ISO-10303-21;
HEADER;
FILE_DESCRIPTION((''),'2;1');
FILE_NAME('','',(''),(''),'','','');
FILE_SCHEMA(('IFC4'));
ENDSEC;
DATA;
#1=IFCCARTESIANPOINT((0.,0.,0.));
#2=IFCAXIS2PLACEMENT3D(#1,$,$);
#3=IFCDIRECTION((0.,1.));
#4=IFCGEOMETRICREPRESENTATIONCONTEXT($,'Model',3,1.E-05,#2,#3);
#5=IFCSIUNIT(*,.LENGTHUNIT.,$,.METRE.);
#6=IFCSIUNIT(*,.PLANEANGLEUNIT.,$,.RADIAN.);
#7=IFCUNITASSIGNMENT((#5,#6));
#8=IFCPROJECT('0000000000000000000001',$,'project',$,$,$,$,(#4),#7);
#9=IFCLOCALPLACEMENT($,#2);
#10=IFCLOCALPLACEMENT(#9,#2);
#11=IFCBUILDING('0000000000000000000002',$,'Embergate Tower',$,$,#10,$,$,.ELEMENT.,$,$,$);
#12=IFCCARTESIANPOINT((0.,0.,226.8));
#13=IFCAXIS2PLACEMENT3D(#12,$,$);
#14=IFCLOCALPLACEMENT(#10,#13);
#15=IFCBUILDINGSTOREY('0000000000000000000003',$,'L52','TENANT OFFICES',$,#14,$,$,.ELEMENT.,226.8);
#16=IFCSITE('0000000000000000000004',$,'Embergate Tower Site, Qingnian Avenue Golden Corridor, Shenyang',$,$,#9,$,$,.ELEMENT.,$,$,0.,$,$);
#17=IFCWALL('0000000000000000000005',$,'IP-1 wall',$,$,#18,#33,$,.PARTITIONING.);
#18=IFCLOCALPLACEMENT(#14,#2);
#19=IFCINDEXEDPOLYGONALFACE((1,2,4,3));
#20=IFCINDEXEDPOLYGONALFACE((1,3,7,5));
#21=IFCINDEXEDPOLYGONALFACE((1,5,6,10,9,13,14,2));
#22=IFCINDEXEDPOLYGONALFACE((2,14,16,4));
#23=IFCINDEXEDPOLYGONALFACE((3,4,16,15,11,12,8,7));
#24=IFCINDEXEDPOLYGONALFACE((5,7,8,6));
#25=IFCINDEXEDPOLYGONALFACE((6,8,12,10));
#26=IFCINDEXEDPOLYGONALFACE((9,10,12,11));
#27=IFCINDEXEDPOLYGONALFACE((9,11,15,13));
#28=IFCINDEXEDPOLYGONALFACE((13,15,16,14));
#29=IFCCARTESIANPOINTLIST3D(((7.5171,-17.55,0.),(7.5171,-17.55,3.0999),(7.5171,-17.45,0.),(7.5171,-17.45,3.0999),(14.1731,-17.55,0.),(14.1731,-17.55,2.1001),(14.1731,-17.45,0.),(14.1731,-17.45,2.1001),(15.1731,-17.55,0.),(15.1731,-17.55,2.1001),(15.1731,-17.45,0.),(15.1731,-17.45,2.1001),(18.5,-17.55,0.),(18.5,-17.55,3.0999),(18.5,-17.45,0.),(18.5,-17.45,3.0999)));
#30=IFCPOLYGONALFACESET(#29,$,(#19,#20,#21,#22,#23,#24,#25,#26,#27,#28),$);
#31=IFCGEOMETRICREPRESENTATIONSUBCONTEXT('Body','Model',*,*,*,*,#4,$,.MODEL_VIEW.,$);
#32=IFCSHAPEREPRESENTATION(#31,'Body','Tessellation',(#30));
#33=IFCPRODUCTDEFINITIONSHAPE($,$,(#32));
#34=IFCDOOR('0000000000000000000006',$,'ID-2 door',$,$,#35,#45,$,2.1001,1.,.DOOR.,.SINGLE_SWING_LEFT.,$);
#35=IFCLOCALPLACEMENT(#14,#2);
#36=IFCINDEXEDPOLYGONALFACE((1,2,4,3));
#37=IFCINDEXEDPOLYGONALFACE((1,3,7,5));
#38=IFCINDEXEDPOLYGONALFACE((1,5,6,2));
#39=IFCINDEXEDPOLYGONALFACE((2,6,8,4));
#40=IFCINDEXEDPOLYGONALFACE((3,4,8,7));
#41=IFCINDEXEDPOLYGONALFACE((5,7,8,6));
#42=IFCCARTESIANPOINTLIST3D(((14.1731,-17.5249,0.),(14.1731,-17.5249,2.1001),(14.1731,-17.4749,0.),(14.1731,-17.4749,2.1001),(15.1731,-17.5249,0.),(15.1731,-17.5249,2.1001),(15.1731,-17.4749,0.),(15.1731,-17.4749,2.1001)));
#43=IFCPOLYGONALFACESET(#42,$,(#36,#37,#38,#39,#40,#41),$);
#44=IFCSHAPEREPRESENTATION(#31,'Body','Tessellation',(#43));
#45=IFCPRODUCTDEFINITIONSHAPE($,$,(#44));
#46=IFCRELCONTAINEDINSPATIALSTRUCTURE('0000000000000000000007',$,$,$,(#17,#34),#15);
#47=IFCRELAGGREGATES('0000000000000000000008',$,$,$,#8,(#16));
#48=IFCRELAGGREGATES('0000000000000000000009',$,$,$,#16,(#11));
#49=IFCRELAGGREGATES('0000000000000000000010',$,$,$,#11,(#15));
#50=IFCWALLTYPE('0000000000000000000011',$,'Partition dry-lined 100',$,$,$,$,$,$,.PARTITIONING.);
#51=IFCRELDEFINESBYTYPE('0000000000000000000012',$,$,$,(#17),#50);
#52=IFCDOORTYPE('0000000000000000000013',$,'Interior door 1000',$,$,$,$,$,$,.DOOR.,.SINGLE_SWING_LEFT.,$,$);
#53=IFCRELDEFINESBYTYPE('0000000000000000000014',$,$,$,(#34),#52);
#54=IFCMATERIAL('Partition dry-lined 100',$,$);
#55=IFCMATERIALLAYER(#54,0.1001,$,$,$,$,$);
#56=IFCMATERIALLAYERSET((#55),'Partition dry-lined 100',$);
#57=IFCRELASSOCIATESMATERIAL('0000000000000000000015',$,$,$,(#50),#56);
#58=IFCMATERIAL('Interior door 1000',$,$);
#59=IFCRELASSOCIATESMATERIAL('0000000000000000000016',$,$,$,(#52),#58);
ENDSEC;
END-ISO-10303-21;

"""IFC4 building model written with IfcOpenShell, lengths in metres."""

from ifc_helpers import new_model, si_unit, direction, frame, frame_2d, origin, place, context, subcontext, project, spatial, rectangle, extrude, source, transform, mapped, material, layer, layer_set, type_object, element, fill, save


model = new_model("IFC4")

# Units and contexts
model_context = context("Model", 3, precision=1e-05, world=origin(), true_north=direction((0.0, 1.0)))
body_context = subcontext(model_context, "Body", "Model", "MODEL_VIEW")
ifc_project = project(units=[si_unit("LENGTHUNIT", "METRE"), si_unit("PLANEANGLEUNIT", "RADIAN")], contexts=[model_context])

# Site, building, storey
site_placement = place(None, origin())
site = spatial("IfcSite", under=ifc_project, at=site_placement, Name="Embergate Tower Site, Qingnian Avenue Golden Corridor, Shenyang", CompositionType="ELEMENT", RefElevation=0.0)
building_placement = place(site_placement, origin())
building = spatial("IfcBuilding", under=site, at=building_placement, Name="Embergate Tower", CompositionType="ELEMENT")
storey_placement = place(building_placement, frame((0.0, 0.0, 226.8)))
storey = spatial("IfcBuildingStorey", under=building, at=storey_placement, Name="L52", Description="TENANT OFFICES", CompositionType="ELEMENT", Elevation=226.8)

# Wall, opening, door
ifc_material_1 = material(Name="Partition dry-lined 100")
ifc_layer_1 = layer(ifc_material_1, 0.1001)
ifc_layer_set_1 = layer_set([ifc_layer_1], Name="Partition dry-lined 100")
wall_type = type_object("IfcWallType", Name="Partition dry-lined 100", PredefinedType="PARTITIONING", material=ifc_layer_set_1)
shared_shape_1 = source(origin(), body_context, "Body", "SweptSolid", [
    extrude(rectangle(XDim=10.9829, YDim=0.1001, at=frame_2d((5.4915, 0.0))), origin(), (0.0, 0.0, 1.0), 3.0999),
])
wall_placement = place(storey_placement, frame((18.5, -17.5, 0.0), z_axis=(0.0, 0.0, 1.0), x_axis=(-1.0, 0.0, 0.0)))
wall = element("IfcWall", 1, at=wall_placement, inside=storey, type_object=wall_type, Name="IP-1 wall", PredefinedType="PARTITIONING", context=body_context, shape_type="MappedRepresentation", body=[
    mapped(shared_shape_1, transform((0.0, 0.0, 0.0))),
])
shared_shape_2 = source(origin(), body_context, "Body", "SweptSolid", [
    extrude(rectangle(XDim=1.0, YDim=2.1001, at=frame_2d((0.5, 1.05))), frame((0.0, 0.0601, 0.0), z_axis=(0.0, -1.0, 0.0), x_axis=(1.0, 0.0, 0.0)), (0.0, 0.0, 1.0), 0.1201),
])
opening_placement = place(wall_placement, frame((3.3269, 0.0, 0.0)))
opening = element("IfcOpeningElement", 2, at=opening_placement, cuts=wall, PredefinedType="OPENING", context=body_context, shape_type="MappedRepresentation", body=[
    mapped(shared_shape_2, transform((0.0, 0.0, 0.0))),
])
ifc_material_2 = material(Name="Interior door 1000")
door_type = type_object("IfcDoorType", Name="Interior door 1000", OperationType="SINGLE_SWING_LEFT", PredefinedType="DOOR", material=ifc_material_2)
shared_shape_3 = source(origin(), body_context, "Body", "SweptSolid", [
    extrude(rectangle(XDim=1.0, YDim=2.1001, at=frame_2d((0.5, 1.05))), frame((0.0, 0.0249, 0.0), z_axis=(0.0, -1.0, 0.0), x_axis=(1.0, 0.0, 0.0)), (0.0, 0.0, 1.0), 0.05),
])
door_placement = place(opening_placement, origin())
door = element("IfcDoor", 3, at=door_placement, inside=storey, type_object=door_type, Name="ID-2 door", OperationType="SINGLE_SWING_LEFT", OverallHeight=2.1001, OverallWidth=1.0, PredefinedType="DOOR", context=body_context, shape_type="MappedRepresentation", body=[
    mapped(shared_shape_3, transform((0.0, 0.0, 0.0))),
])
fill(opening, door)

save(model, "model.ifc")
